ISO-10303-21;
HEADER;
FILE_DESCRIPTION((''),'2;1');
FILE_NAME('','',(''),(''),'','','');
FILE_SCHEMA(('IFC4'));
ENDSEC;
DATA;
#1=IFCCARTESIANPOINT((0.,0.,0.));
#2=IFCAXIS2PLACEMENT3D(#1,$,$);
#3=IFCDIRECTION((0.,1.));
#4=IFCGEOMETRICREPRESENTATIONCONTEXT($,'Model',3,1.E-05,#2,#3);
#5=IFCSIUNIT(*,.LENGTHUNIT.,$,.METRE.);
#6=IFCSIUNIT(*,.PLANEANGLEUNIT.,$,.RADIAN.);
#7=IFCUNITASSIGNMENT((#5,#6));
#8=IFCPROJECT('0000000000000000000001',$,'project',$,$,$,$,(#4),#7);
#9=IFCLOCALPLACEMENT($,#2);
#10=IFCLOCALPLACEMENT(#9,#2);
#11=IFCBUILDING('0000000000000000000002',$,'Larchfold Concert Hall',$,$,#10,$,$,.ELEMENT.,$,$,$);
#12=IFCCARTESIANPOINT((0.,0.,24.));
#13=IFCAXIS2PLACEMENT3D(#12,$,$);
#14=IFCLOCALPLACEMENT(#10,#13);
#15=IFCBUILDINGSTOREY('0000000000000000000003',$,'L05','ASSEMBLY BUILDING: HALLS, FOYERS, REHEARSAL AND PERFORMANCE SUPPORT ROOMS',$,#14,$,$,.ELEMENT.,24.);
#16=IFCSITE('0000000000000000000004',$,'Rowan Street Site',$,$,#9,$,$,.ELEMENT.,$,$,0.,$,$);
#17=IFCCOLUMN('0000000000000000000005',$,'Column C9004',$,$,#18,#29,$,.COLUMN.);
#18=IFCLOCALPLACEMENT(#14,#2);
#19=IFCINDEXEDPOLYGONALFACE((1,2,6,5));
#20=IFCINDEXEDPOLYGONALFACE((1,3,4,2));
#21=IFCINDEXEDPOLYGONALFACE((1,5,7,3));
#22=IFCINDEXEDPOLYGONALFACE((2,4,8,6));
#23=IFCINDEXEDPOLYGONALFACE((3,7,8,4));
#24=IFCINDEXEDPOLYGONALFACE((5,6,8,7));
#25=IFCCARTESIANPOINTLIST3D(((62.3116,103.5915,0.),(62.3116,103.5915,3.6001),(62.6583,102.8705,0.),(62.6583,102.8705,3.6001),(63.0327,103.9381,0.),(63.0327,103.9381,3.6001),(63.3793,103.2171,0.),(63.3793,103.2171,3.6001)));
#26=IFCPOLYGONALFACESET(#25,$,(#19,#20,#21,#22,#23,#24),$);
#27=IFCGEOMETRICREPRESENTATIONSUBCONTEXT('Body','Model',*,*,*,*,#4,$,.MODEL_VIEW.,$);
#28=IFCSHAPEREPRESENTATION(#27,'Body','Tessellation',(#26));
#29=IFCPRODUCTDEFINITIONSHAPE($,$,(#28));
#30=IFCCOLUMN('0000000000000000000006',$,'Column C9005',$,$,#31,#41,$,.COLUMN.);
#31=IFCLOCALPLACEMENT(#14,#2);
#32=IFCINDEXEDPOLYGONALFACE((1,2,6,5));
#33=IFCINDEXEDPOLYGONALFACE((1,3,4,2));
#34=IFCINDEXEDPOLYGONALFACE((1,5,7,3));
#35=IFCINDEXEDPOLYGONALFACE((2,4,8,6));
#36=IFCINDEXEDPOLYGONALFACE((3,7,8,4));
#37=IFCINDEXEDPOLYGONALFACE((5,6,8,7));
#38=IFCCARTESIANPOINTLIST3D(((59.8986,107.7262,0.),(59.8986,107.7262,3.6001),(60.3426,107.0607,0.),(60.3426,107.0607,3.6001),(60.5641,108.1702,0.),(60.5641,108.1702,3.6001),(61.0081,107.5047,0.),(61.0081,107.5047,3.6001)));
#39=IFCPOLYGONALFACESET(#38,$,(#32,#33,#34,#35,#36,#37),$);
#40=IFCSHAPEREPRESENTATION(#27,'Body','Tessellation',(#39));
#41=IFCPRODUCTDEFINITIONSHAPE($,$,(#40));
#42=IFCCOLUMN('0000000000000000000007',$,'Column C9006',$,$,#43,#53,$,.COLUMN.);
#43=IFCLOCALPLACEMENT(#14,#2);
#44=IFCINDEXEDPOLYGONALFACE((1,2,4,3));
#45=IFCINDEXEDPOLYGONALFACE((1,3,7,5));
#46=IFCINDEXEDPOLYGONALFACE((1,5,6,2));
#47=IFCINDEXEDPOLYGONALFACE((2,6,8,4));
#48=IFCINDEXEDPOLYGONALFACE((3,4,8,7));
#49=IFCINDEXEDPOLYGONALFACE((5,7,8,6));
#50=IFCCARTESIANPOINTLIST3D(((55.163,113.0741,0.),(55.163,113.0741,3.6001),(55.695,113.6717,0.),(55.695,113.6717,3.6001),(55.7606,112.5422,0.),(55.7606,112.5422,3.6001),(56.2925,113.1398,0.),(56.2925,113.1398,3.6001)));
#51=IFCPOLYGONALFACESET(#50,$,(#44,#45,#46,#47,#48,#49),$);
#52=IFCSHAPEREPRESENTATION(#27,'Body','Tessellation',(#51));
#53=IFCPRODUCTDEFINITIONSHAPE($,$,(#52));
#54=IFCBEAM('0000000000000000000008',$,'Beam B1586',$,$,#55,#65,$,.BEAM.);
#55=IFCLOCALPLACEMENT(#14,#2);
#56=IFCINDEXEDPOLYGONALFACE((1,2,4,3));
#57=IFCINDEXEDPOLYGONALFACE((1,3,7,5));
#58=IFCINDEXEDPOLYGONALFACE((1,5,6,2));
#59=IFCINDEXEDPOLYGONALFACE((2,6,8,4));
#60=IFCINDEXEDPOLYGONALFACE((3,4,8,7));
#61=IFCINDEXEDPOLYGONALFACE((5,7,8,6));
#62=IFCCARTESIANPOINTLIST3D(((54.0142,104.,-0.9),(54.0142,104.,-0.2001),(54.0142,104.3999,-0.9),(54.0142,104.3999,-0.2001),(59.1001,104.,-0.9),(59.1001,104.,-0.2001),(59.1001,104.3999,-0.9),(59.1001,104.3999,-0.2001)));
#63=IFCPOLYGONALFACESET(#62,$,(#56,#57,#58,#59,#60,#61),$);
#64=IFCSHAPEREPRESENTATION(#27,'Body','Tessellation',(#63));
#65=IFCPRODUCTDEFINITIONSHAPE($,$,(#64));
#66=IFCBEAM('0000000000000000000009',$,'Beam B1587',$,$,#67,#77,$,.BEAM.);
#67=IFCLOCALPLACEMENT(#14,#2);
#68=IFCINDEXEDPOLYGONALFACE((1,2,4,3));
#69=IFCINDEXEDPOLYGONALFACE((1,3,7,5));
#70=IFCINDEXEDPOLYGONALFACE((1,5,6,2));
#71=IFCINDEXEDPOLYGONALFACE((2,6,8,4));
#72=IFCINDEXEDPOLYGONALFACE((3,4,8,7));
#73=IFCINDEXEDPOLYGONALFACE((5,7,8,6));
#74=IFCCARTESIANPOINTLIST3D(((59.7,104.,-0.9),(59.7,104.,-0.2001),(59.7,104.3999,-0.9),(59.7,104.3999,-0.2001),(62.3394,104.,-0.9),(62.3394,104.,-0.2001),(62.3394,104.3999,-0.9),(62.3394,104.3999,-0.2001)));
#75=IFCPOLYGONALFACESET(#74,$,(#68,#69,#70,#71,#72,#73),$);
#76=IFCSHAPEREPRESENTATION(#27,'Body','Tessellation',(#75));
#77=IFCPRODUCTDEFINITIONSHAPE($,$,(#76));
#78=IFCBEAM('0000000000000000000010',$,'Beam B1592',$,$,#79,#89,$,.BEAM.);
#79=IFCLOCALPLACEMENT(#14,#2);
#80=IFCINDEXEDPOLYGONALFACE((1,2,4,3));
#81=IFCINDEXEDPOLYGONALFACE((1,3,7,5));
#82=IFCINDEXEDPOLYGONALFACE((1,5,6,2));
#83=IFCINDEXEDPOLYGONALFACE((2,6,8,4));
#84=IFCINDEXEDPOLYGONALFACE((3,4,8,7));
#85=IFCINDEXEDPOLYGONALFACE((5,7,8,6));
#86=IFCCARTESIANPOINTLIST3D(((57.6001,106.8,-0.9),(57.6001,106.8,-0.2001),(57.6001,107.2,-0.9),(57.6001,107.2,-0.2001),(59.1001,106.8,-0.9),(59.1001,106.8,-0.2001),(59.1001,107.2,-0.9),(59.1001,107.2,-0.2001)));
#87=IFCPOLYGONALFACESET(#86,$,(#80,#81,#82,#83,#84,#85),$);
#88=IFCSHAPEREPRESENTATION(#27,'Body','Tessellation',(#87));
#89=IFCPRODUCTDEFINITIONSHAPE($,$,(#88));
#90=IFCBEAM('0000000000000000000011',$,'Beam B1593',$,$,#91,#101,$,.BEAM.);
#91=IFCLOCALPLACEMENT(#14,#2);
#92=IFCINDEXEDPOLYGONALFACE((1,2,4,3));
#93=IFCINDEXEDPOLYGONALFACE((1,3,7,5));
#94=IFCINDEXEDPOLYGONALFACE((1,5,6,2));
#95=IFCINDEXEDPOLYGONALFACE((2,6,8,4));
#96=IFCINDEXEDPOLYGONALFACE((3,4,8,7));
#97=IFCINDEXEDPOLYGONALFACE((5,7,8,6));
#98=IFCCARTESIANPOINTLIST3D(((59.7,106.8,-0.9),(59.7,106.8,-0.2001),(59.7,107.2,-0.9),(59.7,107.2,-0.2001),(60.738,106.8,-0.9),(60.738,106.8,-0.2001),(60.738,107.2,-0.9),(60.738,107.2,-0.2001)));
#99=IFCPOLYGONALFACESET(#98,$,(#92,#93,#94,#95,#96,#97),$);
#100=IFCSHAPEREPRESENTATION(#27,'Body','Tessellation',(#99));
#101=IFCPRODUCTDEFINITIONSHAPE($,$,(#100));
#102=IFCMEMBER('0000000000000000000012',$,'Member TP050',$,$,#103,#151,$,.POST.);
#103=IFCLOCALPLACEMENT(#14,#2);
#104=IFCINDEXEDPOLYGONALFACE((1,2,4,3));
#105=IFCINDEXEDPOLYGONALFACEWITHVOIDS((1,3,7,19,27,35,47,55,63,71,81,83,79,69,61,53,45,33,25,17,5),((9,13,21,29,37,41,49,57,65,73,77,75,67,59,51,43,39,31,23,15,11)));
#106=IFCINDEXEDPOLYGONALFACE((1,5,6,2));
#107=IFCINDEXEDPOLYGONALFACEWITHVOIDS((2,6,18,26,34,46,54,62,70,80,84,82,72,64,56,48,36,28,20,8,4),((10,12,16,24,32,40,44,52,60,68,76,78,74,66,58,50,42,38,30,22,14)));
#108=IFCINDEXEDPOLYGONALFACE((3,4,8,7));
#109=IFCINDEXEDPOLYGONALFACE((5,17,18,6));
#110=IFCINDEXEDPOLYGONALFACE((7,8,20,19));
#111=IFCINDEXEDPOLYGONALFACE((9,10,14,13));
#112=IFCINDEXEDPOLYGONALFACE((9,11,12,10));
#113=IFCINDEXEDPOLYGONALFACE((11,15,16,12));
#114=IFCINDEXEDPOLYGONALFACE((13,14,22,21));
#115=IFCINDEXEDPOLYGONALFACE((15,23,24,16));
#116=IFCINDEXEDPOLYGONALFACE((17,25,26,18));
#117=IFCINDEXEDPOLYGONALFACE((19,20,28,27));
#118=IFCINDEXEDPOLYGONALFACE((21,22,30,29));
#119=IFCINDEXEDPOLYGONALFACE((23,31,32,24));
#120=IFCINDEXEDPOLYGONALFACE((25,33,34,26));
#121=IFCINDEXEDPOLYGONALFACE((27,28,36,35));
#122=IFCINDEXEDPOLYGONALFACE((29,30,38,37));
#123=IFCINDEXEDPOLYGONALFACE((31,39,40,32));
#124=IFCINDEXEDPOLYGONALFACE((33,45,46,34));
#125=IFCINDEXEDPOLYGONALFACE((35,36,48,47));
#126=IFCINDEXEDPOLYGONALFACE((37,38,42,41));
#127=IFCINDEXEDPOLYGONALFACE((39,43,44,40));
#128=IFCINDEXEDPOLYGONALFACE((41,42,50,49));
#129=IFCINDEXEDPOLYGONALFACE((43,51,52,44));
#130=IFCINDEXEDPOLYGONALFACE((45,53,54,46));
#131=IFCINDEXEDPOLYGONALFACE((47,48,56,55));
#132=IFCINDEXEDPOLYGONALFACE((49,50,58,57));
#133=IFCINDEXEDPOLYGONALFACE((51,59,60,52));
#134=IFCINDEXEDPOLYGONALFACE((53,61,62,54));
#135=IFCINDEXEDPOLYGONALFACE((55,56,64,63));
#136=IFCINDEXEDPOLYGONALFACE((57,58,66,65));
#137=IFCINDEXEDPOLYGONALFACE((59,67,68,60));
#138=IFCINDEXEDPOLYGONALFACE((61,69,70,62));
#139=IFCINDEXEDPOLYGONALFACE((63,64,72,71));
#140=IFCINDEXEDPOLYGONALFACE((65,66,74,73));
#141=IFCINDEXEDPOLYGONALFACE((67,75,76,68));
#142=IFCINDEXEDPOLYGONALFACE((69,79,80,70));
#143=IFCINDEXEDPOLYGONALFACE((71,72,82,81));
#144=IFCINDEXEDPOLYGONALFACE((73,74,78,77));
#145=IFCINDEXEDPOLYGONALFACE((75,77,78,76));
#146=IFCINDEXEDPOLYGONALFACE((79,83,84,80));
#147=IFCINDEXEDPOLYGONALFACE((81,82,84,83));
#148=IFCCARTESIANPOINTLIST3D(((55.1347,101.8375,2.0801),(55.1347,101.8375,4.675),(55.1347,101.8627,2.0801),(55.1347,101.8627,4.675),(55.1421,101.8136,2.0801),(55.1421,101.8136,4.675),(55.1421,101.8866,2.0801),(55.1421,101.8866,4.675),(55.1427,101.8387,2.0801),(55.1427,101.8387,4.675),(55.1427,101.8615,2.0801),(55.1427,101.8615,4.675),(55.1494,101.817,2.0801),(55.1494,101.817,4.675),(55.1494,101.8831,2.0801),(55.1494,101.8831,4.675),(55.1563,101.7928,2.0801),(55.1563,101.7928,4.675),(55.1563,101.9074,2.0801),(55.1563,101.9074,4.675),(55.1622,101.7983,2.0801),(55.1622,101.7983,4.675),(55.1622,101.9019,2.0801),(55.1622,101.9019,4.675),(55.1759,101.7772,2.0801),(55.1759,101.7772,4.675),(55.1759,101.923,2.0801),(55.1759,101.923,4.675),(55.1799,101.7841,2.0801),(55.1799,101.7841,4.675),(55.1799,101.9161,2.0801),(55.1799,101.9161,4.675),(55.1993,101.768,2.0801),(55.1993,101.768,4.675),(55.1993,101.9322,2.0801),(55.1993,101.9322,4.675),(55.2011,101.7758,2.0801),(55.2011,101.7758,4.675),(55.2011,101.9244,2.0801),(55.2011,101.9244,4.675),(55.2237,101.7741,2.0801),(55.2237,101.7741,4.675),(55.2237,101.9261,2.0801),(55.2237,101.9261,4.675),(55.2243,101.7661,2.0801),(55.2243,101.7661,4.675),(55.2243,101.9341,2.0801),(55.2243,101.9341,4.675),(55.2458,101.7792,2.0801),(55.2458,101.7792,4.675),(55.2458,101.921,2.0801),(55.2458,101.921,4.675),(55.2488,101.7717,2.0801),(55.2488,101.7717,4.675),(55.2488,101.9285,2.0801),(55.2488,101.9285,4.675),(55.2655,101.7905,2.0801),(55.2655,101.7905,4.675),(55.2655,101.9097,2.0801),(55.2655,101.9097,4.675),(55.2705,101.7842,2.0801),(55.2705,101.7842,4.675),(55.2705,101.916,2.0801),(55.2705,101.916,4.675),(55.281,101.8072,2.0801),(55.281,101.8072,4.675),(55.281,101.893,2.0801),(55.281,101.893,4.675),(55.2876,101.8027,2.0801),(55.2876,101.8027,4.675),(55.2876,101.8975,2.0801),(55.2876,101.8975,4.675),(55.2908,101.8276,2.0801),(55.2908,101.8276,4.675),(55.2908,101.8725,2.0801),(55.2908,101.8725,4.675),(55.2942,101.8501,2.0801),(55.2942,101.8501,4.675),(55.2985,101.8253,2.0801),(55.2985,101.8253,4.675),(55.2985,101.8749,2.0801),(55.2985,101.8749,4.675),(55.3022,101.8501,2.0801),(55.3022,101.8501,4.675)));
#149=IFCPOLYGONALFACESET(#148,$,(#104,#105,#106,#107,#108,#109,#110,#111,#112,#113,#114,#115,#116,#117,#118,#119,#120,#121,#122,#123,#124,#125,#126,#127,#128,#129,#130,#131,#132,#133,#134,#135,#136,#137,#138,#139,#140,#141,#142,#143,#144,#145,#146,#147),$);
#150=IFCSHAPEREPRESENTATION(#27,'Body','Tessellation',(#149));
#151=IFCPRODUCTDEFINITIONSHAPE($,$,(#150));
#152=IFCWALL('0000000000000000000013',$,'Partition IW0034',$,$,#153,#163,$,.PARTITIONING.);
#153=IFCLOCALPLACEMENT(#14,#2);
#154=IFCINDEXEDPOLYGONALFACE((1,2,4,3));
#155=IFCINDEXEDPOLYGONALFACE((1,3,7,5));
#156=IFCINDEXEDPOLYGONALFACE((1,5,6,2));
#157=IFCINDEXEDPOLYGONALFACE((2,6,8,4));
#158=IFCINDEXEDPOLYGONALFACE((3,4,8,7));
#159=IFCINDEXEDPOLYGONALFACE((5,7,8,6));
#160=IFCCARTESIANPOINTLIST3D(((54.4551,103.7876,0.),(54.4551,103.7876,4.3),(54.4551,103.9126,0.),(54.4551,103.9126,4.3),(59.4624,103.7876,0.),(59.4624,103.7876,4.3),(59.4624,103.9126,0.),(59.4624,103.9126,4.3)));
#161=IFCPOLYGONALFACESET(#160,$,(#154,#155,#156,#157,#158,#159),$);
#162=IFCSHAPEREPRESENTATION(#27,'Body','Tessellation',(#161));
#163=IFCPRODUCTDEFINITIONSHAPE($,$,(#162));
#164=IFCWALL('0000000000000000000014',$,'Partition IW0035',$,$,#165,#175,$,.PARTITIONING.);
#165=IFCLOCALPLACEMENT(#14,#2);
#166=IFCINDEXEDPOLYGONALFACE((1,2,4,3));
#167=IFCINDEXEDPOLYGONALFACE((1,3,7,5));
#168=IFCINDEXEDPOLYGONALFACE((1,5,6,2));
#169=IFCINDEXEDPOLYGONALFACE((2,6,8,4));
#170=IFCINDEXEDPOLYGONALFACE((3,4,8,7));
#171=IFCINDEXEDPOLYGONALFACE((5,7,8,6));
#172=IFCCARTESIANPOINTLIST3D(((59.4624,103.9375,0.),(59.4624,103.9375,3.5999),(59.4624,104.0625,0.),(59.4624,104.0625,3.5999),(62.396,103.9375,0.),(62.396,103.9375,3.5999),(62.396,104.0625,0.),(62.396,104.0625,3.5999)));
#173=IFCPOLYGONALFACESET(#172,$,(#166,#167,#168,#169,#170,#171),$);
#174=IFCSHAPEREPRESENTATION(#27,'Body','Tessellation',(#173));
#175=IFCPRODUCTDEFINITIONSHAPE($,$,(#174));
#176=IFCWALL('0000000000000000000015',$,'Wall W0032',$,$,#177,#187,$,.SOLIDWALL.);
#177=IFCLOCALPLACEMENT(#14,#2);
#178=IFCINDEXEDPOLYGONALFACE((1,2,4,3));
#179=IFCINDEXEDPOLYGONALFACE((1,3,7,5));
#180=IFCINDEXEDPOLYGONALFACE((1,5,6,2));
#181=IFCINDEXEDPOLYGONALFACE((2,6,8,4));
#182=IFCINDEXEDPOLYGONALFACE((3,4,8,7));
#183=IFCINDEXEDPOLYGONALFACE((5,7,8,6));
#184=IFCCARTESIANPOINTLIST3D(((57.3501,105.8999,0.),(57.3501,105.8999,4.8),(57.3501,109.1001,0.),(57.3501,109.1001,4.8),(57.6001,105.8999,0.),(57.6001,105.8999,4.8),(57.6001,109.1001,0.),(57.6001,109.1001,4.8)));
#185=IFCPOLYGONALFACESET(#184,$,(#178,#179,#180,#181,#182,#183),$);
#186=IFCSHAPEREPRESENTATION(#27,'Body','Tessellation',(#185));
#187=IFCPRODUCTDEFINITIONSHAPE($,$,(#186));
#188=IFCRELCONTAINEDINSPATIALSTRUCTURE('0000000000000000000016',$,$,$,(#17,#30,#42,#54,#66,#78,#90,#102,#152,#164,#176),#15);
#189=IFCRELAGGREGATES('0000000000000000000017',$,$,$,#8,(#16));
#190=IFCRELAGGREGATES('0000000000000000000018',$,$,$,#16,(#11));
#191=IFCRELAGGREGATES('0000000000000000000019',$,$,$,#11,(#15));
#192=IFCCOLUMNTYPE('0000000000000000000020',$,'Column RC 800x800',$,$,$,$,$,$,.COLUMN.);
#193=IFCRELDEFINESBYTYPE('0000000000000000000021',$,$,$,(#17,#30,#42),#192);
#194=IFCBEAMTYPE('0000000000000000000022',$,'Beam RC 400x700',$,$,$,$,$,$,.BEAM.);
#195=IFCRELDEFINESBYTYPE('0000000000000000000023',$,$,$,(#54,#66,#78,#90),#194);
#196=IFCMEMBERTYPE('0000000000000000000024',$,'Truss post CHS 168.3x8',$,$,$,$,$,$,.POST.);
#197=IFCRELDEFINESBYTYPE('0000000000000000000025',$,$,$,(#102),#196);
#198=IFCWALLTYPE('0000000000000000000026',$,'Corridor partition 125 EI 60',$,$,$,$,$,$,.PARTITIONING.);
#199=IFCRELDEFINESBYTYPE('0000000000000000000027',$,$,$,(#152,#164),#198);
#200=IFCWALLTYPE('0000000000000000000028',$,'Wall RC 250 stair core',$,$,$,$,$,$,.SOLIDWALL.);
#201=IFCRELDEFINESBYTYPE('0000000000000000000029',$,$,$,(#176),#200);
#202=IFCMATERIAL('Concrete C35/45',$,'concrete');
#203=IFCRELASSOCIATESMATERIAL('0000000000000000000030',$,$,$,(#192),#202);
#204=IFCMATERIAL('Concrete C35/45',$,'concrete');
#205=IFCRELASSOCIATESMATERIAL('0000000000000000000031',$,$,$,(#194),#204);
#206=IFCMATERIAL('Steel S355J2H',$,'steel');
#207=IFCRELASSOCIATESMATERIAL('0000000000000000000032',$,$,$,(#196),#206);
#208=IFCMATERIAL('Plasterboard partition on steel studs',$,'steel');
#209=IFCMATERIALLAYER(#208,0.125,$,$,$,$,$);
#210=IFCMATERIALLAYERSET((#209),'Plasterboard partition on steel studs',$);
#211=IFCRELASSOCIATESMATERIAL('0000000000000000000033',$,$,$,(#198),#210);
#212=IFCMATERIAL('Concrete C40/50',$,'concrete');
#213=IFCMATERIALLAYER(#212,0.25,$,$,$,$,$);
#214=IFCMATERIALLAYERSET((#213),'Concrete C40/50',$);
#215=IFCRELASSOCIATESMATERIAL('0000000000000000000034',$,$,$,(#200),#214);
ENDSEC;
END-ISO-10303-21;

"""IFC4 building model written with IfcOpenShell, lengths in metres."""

from ifc_helpers import new_model, si_unit, direction, frame, frame_2d, origin, origin_2d, place, context, subcontext, project, spatial, rectangle, hollow_circle, extrude, material, layer, layer_set, material_profile, profile_set, type_object, element, save


model = new_model("IFC4")

# Units and contexts
model_context = context("Model", 3, precision=1e-05, world=origin(), true_north=direction((0.0, 1.0)))
body_context = subcontext(model_context, "Body", "Model", "MODEL_VIEW")
ifc_project = project(units=[si_unit("LENGTHUNIT", "METRE"), si_unit("PLANEANGLEUNIT", "RADIAN")], contexts=[model_context])

# Site, building, storey
site_placement = place(None, origin())
site = spatial("IfcSite", under=ifc_project, at=site_placement, Name="Rowan Street Site", CompositionType="ELEMENT", RefElevation=0.0)
building_placement = place(site_placement, origin())
building = spatial("IfcBuilding", under=site, at=building_placement, Name="Larchfold Concert Hall", CompositionType="ELEMENT")
storey_placement = place(building_placement, frame((0.0, 0.0, 24.0)))
storey = spatial("IfcBuildingStorey", under=building, at=storey_placement, Name="L05", Description="ASSEMBLY BUILDING: HALLS, FOYERS, REHEARSAL AND PERFORMANCE SUPPORT ROOMS", CompositionType="ELEMENT", Elevation=24.0)

# Columns
ifc_material_1 = material(Name="Concrete C35/45", Category="concrete")
ifc_material_profile_1 = material_profile(ifc_material_1, rectangle(XDim=0.8, YDim=0.8, at=origin_2d()))
ifc_profile_set_1 = profile_set([ifc_material_profile_1], Name="Concrete C35/45")
column_type = type_object("IfcColumnType", Name="Column RC 800x800", PredefinedType="COLUMN", material=ifc_profile_set_1)
for number, where, z_axis, x_axis, name in (
    (1, (62.8455, 103.4043, 0.0), (0.0, 0.0, 1.0), (0.901263, 0.433272, 0.0), "Column C9004"),
    (2, (60.4534, 107.6155, 0.0), (0.0, 0.0, 1.0), (0.831868, 0.554974, 0.0), "Column C9005"),
    (3, (55.7278, 113.1069, 0.0), (0.0, 0.0, 1.0), (0.664882, 0.746949, 0.0), "Column C9006"),
):
    element("IfcColumn", number, at=place(storey_placement, frame(where, z_axis=z_axis, x_axis=x_axis)), inside=storey, type_object=column_type, Name=name, PredefinedType="COLUMN", context=body_context, shape_type="SweptSolid", body=[
        extrude(rectangle(XDim=0.8, YDim=0.8, at=origin_2d()), origin(), (0.0, 0.0, 1.0), 3.6001),
    ])

# Beams
ifc_material_2 = material(Name="Concrete C35/45", Category="concrete")
ifc_material_profile_2 = material_profile(ifc_material_2, rectangle(XDim=0.3999, YDim=0.7, at=origin_2d()))
ifc_profile_set_2 = profile_set([ifc_material_profile_2], Name="Concrete C35/45")
beam_type = type_object("IfcBeamType", Name="Beam RC 400x700", PredefinedType="BEAM", material=ifc_profile_set_2)
beam_1_placement = place(storey_placement, frame((54.0142, 104.2, -0.55), z_axis=(1.0, 0.0, 0.0), x_axis=(0.0, 1.0, 0.0)))
element("IfcBeam", 4, at=beam_1_placement, inside=storey, type_object=beam_type, Name="Beam B1586", PredefinedType="BEAM", context=body_context, shape_type="SweptSolid", body=[
    extrude(rectangle(XDim=0.3999, YDim=0.7, at=origin_2d()), origin(), (0.0, 0.0, 1.0), 5.0859),
])
beam_2_placement = place(storey_placement, frame((59.7, 104.2, -0.55), z_axis=(1.0, 0.0, 0.0), x_axis=(0.0, 1.0, 0.0)))
element("IfcBeam", 5, at=beam_2_placement, inside=storey, type_object=beam_type, Name="Beam B1587", PredefinedType="BEAM", context=body_context, shape_type="SweptSolid", body=[
    extrude(rectangle(XDim=0.3999, YDim=0.7, at=origin_2d()), origin(), (0.0, 0.0, 1.0), 2.6394),
])
beam_3_placement = place(storey_placement, frame((57.6001, 107.0, -0.55), z_axis=(1.0, 0.0, 0.0), x_axis=(0.0, 1.0, 0.0)))
element("IfcBeam", 6, at=beam_3_placement, inside=storey, type_object=beam_type, Name="Beam B1592", PredefinedType="BEAM", context=body_context, shape_type="SweptSolid", body=[
    extrude(rectangle(XDim=0.3999, YDim=0.7, at=origin_2d()), origin(), (0.0, 0.0, 1.0), 1.5),
])
beam_4_placement = place(storey_placement, frame((59.7, 107.0, -0.55), z_axis=(1.0, 0.0, 0.0), x_axis=(0.0, 1.0, 0.0)))
element("IfcBeam", 7, at=beam_4_placement, inside=storey, type_object=beam_type, Name="Beam B1593", PredefinedType="BEAM", context=body_context, shape_type="SweptSolid", body=[
    extrude(rectangle(XDim=0.3999, YDim=0.7, at=origin_2d()), origin(), (0.0, 0.0, 1.0), 1.0381),
])

# Member
ifc_material_3 = material(Name="Steel S355J2H", Category="steel")
ifc_material_profile_3 = material_profile(ifc_material_3, hollow_circle(Radius=0.0842, WallThickness=0.0081, at=origin_2d()))
ifc_profile_set_3 = profile_set([ifc_material_profile_3], Name="Steel S355J2H")
member_type = type_object("IfcMemberType", Name="Truss post CHS 168.3x8", PredefinedType="POST", material=ifc_profile_set_3)
member_placement = place(storey_placement, frame((55.218, 101.8501, 2.0801), z_axis=(0.0, 0.0, 1.0), x_axis=(1.0, 0.0, 0.0)))
element("IfcMember", 8, at=member_placement, inside=storey, type_object=member_type, Name="Member TP050", PredefinedType="POST", context=body_context, shape_type="SweptSolid", body=[
    extrude(hollow_circle(Radius=0.0842, WallThickness=0.0081, at=origin_2d()), origin(), (0.0, 0.0, 1.0), 2.595),
])

# Walls
ifc_material_4 = material(Name="Plasterboard partition on steel studs", Category="steel")
ifc_layer_1 = layer(ifc_material_4, 0.125)
ifc_layer_set_1 = layer_set([ifc_layer_1], Name="Plasterboard partition on steel studs")
wall_type_1 = type_object("IfcWallType", Name="Corridor partition 125 EI 60", PredefinedType="PARTITIONING", material=ifc_layer_set_1)
wall_1_placement = place(storey_placement, frame((54.4551, 103.8501, 0.0), z_axis=(0.0, 0.0, 1.0), x_axis=(1.0, 0.0, 0.0)))
element("IfcWall", 9, at=wall_1_placement, inside=storey, type_object=wall_type_1, Name="Partition IW0034", PredefinedType="PARTITIONING", context=body_context, shape_type="SweptSolid", body=[
    extrude(rectangle(XDim=5.0073, YDim=0.125, at=frame_2d((2.5037, 0.0))), origin(), (0.0, 0.0, 1.0), 4.3),
])
wall_2_placement = place(storey_placement, frame((59.4624, 104.0, 0.0), z_axis=(0.0, 0.0, 1.0), x_axis=(1.0, 0.0, 0.0)))
element("IfcWall", 10, at=wall_2_placement, inside=storey, type_object=wall_type_1, Name="Partition IW0035", PredefinedType="PARTITIONING", context=body_context, shape_type="SweptSolid", body=[
    extrude(rectangle(XDim=2.9336, YDim=0.125, at=frame_2d((1.4668, 0.0))), origin(), (0.0, 0.0, 1.0), 3.5999),
])
ifc_material_5 = material(Name="Concrete C40/50", Category="concrete")
ifc_layer_2 = layer(ifc_material_5, 0.25)
ifc_layer_set_2 = layer_set([ifc_layer_2], Name="Concrete C40/50")
wall_type_2 = type_object("IfcWallType", Name="Wall RC 250 stair core", PredefinedType="SOLIDWALL", material=ifc_layer_set_2)
wall_3_placement = place(storey_placement, frame((57.4751, 105.8999, 0.0), z_axis=(0.0, 0.0, 1.0), x_axis=(0.0, 1.0, 0.0)))
element("IfcWall", 11, at=wall_3_placement, inside=storey, type_object=wall_type_2, Name="Wall W0032", PredefinedType="SOLIDWALL", context=body_context, shape_type="SweptSolid", body=[
    extrude(rectangle(XDim=3.2002, YDim=0.25, at=frame_2d((1.6001, 0.0))), origin(), (0.0, 0.0, 1.0), 4.8),
])

save(model, "model.ifc")
